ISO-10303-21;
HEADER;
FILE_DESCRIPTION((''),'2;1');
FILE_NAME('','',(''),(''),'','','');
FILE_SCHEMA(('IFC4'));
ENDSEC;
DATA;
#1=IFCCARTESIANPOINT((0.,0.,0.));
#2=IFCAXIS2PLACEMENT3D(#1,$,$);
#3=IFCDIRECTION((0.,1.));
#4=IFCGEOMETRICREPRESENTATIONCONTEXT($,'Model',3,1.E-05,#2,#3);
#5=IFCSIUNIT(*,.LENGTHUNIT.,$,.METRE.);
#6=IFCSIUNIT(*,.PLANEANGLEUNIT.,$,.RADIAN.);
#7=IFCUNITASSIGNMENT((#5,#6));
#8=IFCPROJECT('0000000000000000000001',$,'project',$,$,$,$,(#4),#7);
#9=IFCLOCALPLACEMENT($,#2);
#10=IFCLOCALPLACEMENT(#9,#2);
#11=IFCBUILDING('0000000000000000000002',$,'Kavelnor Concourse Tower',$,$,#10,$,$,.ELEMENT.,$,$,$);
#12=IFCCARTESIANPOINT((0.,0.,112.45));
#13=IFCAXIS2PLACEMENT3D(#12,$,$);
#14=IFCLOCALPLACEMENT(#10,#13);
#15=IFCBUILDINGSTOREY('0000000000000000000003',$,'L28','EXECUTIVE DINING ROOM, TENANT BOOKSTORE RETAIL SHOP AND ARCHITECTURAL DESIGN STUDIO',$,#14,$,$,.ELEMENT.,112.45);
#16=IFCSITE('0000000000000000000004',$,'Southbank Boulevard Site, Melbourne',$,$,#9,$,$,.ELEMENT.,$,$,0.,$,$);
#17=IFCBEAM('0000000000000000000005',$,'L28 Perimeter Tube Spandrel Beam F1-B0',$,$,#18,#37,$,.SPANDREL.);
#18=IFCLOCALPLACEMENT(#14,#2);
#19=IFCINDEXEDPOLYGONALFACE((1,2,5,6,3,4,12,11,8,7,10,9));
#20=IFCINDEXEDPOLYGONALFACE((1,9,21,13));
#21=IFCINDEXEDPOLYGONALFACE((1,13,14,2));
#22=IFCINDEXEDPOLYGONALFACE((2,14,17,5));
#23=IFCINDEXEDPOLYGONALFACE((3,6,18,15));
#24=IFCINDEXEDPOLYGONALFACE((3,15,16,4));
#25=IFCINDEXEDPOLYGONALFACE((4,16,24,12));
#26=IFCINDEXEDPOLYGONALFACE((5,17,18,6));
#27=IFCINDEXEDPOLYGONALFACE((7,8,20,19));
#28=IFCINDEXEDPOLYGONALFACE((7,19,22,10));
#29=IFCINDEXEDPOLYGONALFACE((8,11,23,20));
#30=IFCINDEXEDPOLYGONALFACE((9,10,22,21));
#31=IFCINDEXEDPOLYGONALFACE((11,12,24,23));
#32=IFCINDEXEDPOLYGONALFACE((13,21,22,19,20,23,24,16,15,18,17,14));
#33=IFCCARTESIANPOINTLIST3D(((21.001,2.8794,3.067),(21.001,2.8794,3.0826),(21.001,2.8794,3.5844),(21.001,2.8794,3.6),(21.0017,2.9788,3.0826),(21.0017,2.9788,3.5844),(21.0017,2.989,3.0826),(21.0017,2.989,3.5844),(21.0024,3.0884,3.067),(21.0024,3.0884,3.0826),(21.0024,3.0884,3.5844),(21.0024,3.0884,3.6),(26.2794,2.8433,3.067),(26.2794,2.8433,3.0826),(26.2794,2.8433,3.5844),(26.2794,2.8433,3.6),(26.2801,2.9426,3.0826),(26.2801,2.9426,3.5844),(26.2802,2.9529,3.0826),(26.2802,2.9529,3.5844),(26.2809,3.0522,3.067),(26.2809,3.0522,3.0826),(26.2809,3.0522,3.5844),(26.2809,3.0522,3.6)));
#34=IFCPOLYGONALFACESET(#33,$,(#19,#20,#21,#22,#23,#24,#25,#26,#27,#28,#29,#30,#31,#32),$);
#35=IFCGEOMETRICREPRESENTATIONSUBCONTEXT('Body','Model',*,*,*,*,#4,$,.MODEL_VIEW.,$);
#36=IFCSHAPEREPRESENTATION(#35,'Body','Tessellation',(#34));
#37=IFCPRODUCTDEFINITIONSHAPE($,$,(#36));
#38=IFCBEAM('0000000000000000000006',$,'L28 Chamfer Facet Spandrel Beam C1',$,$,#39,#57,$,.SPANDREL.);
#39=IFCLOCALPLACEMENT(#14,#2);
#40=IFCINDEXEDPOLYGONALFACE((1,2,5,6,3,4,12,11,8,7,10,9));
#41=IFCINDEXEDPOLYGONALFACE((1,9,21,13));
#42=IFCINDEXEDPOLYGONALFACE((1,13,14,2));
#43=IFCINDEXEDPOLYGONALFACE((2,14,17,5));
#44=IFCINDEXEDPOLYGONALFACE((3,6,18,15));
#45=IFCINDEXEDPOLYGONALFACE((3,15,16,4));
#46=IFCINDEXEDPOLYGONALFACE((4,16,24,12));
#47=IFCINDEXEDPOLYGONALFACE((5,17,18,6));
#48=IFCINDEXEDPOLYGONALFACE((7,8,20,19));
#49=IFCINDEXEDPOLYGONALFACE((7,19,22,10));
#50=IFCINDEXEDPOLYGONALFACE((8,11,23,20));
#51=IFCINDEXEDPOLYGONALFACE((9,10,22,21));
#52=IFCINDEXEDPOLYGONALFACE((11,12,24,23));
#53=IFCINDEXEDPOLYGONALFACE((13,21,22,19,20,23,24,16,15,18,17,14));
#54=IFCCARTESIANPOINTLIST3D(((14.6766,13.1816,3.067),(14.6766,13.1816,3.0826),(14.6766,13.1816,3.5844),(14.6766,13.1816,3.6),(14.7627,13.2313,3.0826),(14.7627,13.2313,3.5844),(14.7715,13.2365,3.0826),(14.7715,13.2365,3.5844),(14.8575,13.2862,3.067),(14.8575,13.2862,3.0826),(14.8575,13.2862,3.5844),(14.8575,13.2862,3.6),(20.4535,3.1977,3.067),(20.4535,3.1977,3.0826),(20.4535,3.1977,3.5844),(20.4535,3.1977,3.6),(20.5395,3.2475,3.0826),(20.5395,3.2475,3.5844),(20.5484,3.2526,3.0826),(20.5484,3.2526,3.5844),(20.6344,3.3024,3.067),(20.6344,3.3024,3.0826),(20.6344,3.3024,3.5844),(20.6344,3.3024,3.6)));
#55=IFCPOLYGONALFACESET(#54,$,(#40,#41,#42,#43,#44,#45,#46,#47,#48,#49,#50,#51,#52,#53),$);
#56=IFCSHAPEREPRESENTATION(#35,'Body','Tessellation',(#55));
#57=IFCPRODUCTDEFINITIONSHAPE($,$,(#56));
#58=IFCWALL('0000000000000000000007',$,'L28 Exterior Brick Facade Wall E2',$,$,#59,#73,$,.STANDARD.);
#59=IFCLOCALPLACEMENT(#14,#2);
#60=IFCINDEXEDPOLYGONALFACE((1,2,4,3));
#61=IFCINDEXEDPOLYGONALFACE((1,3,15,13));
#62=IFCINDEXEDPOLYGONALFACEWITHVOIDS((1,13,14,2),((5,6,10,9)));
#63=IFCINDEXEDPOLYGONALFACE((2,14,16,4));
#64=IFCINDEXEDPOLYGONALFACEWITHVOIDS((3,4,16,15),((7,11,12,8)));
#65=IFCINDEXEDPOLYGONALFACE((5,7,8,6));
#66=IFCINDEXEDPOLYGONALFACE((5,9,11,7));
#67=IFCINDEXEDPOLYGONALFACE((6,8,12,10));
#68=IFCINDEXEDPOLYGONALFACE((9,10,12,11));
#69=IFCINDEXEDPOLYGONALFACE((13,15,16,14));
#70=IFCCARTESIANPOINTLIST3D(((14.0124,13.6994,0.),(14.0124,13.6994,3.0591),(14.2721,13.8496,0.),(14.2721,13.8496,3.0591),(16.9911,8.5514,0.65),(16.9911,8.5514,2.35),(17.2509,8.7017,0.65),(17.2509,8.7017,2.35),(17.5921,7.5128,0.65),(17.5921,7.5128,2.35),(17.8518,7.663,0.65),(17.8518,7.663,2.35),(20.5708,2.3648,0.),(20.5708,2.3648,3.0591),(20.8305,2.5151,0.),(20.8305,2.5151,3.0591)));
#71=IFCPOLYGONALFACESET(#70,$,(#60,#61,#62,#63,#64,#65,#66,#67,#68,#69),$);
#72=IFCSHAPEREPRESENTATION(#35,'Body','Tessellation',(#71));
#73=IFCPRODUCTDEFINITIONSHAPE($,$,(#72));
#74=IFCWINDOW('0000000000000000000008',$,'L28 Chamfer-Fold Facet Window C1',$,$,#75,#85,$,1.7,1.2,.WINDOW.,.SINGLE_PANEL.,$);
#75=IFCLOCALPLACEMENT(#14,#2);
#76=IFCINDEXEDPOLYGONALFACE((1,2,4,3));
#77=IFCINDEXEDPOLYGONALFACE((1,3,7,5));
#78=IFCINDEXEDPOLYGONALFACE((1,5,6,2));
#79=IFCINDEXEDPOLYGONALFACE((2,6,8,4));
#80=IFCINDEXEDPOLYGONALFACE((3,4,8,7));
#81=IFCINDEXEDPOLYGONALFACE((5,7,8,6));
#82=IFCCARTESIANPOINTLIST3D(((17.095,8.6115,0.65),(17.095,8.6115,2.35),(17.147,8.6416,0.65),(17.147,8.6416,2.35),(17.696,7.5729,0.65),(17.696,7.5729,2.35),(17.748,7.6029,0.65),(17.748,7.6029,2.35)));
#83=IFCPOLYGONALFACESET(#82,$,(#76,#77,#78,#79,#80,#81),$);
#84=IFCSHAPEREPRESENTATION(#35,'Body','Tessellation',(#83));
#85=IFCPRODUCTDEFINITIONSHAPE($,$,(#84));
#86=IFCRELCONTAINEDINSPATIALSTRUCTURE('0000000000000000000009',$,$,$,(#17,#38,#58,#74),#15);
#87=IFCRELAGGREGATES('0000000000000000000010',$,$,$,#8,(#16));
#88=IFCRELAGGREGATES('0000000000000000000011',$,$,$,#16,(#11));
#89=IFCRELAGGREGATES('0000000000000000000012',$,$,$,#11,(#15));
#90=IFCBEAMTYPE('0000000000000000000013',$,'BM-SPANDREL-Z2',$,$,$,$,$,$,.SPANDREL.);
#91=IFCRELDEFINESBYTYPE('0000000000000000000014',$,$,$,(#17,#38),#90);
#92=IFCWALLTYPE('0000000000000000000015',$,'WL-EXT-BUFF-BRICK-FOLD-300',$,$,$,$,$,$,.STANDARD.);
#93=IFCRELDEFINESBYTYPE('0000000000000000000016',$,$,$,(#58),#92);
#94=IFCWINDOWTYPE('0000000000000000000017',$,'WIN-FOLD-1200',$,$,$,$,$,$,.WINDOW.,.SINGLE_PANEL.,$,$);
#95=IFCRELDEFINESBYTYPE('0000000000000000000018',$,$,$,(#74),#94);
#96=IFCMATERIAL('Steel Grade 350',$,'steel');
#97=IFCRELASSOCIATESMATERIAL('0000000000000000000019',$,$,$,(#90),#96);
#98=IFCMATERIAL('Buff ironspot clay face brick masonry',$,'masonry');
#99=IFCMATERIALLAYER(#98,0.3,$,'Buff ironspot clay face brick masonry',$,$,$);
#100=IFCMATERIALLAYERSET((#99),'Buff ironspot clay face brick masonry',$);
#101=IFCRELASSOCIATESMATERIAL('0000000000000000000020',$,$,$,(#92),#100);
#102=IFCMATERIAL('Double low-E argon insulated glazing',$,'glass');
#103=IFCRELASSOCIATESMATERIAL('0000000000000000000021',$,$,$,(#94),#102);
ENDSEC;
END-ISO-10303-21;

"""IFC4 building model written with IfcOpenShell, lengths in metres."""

from ifc_helpers import new_model, si_unit, direction, frame, frame_2d, origin, origin_2d, place, context, subcontext, project, spatial, rectangle, i_section, extrude, material, layer, layer_set, material_profile, profile_set, type_object, element, fill, save


model = new_model("IFC4")

# Units and contexts
model_context = context("Model", 3, precision=1e-05, world=origin(), true_north=direction((0.0, 1.0)))
body_context = subcontext(model_context, "Body", "Model", "MODEL_VIEW")
ifc_project = project(units=[si_unit("LENGTHUNIT", "METRE"), si_unit("PLANEANGLEUNIT", "RADIAN")], contexts=[model_context])

# Site, building, storey
site_placement = place(None, origin())
site = spatial("IfcSite", under=ifc_project, at=site_placement, Name="Southbank Boulevard Site, Melbourne", CompositionType="ELEMENT", RefElevation=0.0)
building_placement = place(site_placement, origin())
building = spatial("IfcBuilding", under=site, at=building_placement, Name="Kavelnor Concourse Tower", CompositionType="ELEMENT")
storey_placement = place(building_placement, frame((0.0, 0.0, 112.45)))
storey = spatial("IfcBuildingStorey", under=building, at=storey_placement, Name="L28", Description="EXECUTIVE DINING ROOM, TENANT BOOKSTORE RETAIL SHOP AND ARCHITECTURAL DESIGN STUDIO", CompositionType="ELEMENT", Elevation=112.45)

# Shared definitions
ifc_material_1 = material(Name="Steel Grade 350", Category="steel")

# Beams
ifc_material_profile_1 = material_profile(ifc_material_1, i_section(OverallWidth=0.209, OverallDepth=0.533, WebThickness=0.0103, FlangeThickness=0.0156, at=origin_2d()), Name="530UB92")
ifc_profile_set_1 = profile_set([ifc_material_profile_1], Name="Steel Grade 350")
beam_type_1 = type_object("IfcBeamType", Name="BM-SPANDREL-Z2", PredefinedType="SPANDREL", material=ifc_profile_set_1)
beam_1_placement = place(storey_placement, frame((21.0017, 2.9839, 3.3335), z_axis=(0.999977, -0.006845, 0.0), x_axis=(0.006845, 0.999977, 0.0)))
element("IfcBeam", 1, at=beam_1_placement, inside=storey, type_object=beam_type_1, Name="L28 Perimeter Tube Spandrel Beam F1-B0", PredefinedType="SPANDREL", context=body_context, shape_type="SweptSolid", body=[
    extrude(i_section(OverallWidth=0.209, OverallDepth=0.533, WebThickness=0.0103, FlangeThickness=0.0156, at=origin_2d()), origin(), (0.0, 0.0, 1.0), 5.2786),
])
beam_2_placement = place(storey_placement, frame((14.7671, 13.2339, 3.3335), z_axis=(0.500823, -0.86555, 0.0), x_axis=(0.86555, 0.500823, 0.0)))
element("IfcBeam", 2, at=beam_2_placement, inside=storey, type_object=beam_type_1, Name="L28 Chamfer Facet Spandrel Beam C1", PredefinedType="SPANDREL", context=body_context, shape_type="SweptSolid", body=[
    extrude(i_section(OverallWidth=0.209, OverallDepth=0.533, WebThickness=0.0103, FlangeThickness=0.0156, at=origin_2d()), origin(), (0.0, 0.0, 1.0), 11.5347),
])

# Wall, opening, window
ifc_material_2 = material(Name="Buff ironspot clay face brick masonry", Category="masonry")
ifc_layer_1 = layer(ifc_material_2, 0.3, Name="Buff ironspot clay face brick masonry")
ifc_layer_set_1 = layer_set([ifc_layer_1], Name="Buff ironspot clay face brick masonry")
wall_type_1 = type_object("IfcWallType", Name="WL-EXT-BUFF-BRICK-FOLD-300", PredefinedType="STANDARD", material=ifc_layer_set_1)
wall_1_placement = place(storey_placement, frame((20.7007, 2.4399, 0.0), z_axis=(0.0, 0.0, 1.0), x_axis=(-0.500824, 0.865549, 0.0)))
wall_1 = element("IfcWall", 3, at=wall_1_placement, inside=storey, type_object=wall_type_1, Name="L28 Exterior Brick Facade Wall E2", PredefinedType="STANDARD", context=body_context, shape_type="SweptSolid", body=[
    extrude(rectangle(XDim=13.0952, YDim=0.3, at=frame_2d((6.5476, 0.0))), origin(), (0.0, 0.0, 1.0), 3.0591),
])
opening_1_placement = place(wall_1_placement, frame((5.9475, 0.0, 0.6499)))
opening_1 = element("IfcOpeningElement", 4, at=opening_1_placement, cuts=wall_1, PredefinedType="OPENING", context=body_context, shape_type="SweptSolid", body=[
    extrude(rectangle(XDim=1.2, YDim=1.7, at=frame_2d((0.6001, 0.8501))), frame((0.0, 0.1602, 0.0), z_axis=(0.0, -1.0, 0.0), x_axis=(1.0, 0.0, 0.0)), (0.0, 0.0, 1.0), 0.3201),
])
ifc_material_3 = material(Name="Double low-E argon insulated glazing", Category="glass")
window_type_1 = type_object("IfcWindowType", Name="WIN-FOLD-1200", PartitioningType="SINGLE_PANEL", PredefinedType="WINDOW", material=ifc_material_3)
window_1_placement = place(opening_1_placement, origin())
window_1 = element("IfcWindow", 5, at=window_1_placement, inside=storey, type_object=window_type_1, Name="L28 Chamfer-Fold Facet Window C1", OverallHeight=1.7, OverallWidth=1.2, PartitioningType="SINGLE_PANEL", PredefinedType="WINDOW", context=body_context, shape_type="SweptSolid", body=[
    extrude(rectangle(XDim=1.2, YDim=1.7, at=frame_2d((0.6001, 0.8501))), frame((0.0, 0.03, 0.0), z_axis=(0.0, -1.0, 0.0), x_axis=(1.0, 0.0, 0.0)), (0.0, 0.0, 1.0), 0.0601),
])
fill(opening_1, window_1)

save(model, "model.ifc")
